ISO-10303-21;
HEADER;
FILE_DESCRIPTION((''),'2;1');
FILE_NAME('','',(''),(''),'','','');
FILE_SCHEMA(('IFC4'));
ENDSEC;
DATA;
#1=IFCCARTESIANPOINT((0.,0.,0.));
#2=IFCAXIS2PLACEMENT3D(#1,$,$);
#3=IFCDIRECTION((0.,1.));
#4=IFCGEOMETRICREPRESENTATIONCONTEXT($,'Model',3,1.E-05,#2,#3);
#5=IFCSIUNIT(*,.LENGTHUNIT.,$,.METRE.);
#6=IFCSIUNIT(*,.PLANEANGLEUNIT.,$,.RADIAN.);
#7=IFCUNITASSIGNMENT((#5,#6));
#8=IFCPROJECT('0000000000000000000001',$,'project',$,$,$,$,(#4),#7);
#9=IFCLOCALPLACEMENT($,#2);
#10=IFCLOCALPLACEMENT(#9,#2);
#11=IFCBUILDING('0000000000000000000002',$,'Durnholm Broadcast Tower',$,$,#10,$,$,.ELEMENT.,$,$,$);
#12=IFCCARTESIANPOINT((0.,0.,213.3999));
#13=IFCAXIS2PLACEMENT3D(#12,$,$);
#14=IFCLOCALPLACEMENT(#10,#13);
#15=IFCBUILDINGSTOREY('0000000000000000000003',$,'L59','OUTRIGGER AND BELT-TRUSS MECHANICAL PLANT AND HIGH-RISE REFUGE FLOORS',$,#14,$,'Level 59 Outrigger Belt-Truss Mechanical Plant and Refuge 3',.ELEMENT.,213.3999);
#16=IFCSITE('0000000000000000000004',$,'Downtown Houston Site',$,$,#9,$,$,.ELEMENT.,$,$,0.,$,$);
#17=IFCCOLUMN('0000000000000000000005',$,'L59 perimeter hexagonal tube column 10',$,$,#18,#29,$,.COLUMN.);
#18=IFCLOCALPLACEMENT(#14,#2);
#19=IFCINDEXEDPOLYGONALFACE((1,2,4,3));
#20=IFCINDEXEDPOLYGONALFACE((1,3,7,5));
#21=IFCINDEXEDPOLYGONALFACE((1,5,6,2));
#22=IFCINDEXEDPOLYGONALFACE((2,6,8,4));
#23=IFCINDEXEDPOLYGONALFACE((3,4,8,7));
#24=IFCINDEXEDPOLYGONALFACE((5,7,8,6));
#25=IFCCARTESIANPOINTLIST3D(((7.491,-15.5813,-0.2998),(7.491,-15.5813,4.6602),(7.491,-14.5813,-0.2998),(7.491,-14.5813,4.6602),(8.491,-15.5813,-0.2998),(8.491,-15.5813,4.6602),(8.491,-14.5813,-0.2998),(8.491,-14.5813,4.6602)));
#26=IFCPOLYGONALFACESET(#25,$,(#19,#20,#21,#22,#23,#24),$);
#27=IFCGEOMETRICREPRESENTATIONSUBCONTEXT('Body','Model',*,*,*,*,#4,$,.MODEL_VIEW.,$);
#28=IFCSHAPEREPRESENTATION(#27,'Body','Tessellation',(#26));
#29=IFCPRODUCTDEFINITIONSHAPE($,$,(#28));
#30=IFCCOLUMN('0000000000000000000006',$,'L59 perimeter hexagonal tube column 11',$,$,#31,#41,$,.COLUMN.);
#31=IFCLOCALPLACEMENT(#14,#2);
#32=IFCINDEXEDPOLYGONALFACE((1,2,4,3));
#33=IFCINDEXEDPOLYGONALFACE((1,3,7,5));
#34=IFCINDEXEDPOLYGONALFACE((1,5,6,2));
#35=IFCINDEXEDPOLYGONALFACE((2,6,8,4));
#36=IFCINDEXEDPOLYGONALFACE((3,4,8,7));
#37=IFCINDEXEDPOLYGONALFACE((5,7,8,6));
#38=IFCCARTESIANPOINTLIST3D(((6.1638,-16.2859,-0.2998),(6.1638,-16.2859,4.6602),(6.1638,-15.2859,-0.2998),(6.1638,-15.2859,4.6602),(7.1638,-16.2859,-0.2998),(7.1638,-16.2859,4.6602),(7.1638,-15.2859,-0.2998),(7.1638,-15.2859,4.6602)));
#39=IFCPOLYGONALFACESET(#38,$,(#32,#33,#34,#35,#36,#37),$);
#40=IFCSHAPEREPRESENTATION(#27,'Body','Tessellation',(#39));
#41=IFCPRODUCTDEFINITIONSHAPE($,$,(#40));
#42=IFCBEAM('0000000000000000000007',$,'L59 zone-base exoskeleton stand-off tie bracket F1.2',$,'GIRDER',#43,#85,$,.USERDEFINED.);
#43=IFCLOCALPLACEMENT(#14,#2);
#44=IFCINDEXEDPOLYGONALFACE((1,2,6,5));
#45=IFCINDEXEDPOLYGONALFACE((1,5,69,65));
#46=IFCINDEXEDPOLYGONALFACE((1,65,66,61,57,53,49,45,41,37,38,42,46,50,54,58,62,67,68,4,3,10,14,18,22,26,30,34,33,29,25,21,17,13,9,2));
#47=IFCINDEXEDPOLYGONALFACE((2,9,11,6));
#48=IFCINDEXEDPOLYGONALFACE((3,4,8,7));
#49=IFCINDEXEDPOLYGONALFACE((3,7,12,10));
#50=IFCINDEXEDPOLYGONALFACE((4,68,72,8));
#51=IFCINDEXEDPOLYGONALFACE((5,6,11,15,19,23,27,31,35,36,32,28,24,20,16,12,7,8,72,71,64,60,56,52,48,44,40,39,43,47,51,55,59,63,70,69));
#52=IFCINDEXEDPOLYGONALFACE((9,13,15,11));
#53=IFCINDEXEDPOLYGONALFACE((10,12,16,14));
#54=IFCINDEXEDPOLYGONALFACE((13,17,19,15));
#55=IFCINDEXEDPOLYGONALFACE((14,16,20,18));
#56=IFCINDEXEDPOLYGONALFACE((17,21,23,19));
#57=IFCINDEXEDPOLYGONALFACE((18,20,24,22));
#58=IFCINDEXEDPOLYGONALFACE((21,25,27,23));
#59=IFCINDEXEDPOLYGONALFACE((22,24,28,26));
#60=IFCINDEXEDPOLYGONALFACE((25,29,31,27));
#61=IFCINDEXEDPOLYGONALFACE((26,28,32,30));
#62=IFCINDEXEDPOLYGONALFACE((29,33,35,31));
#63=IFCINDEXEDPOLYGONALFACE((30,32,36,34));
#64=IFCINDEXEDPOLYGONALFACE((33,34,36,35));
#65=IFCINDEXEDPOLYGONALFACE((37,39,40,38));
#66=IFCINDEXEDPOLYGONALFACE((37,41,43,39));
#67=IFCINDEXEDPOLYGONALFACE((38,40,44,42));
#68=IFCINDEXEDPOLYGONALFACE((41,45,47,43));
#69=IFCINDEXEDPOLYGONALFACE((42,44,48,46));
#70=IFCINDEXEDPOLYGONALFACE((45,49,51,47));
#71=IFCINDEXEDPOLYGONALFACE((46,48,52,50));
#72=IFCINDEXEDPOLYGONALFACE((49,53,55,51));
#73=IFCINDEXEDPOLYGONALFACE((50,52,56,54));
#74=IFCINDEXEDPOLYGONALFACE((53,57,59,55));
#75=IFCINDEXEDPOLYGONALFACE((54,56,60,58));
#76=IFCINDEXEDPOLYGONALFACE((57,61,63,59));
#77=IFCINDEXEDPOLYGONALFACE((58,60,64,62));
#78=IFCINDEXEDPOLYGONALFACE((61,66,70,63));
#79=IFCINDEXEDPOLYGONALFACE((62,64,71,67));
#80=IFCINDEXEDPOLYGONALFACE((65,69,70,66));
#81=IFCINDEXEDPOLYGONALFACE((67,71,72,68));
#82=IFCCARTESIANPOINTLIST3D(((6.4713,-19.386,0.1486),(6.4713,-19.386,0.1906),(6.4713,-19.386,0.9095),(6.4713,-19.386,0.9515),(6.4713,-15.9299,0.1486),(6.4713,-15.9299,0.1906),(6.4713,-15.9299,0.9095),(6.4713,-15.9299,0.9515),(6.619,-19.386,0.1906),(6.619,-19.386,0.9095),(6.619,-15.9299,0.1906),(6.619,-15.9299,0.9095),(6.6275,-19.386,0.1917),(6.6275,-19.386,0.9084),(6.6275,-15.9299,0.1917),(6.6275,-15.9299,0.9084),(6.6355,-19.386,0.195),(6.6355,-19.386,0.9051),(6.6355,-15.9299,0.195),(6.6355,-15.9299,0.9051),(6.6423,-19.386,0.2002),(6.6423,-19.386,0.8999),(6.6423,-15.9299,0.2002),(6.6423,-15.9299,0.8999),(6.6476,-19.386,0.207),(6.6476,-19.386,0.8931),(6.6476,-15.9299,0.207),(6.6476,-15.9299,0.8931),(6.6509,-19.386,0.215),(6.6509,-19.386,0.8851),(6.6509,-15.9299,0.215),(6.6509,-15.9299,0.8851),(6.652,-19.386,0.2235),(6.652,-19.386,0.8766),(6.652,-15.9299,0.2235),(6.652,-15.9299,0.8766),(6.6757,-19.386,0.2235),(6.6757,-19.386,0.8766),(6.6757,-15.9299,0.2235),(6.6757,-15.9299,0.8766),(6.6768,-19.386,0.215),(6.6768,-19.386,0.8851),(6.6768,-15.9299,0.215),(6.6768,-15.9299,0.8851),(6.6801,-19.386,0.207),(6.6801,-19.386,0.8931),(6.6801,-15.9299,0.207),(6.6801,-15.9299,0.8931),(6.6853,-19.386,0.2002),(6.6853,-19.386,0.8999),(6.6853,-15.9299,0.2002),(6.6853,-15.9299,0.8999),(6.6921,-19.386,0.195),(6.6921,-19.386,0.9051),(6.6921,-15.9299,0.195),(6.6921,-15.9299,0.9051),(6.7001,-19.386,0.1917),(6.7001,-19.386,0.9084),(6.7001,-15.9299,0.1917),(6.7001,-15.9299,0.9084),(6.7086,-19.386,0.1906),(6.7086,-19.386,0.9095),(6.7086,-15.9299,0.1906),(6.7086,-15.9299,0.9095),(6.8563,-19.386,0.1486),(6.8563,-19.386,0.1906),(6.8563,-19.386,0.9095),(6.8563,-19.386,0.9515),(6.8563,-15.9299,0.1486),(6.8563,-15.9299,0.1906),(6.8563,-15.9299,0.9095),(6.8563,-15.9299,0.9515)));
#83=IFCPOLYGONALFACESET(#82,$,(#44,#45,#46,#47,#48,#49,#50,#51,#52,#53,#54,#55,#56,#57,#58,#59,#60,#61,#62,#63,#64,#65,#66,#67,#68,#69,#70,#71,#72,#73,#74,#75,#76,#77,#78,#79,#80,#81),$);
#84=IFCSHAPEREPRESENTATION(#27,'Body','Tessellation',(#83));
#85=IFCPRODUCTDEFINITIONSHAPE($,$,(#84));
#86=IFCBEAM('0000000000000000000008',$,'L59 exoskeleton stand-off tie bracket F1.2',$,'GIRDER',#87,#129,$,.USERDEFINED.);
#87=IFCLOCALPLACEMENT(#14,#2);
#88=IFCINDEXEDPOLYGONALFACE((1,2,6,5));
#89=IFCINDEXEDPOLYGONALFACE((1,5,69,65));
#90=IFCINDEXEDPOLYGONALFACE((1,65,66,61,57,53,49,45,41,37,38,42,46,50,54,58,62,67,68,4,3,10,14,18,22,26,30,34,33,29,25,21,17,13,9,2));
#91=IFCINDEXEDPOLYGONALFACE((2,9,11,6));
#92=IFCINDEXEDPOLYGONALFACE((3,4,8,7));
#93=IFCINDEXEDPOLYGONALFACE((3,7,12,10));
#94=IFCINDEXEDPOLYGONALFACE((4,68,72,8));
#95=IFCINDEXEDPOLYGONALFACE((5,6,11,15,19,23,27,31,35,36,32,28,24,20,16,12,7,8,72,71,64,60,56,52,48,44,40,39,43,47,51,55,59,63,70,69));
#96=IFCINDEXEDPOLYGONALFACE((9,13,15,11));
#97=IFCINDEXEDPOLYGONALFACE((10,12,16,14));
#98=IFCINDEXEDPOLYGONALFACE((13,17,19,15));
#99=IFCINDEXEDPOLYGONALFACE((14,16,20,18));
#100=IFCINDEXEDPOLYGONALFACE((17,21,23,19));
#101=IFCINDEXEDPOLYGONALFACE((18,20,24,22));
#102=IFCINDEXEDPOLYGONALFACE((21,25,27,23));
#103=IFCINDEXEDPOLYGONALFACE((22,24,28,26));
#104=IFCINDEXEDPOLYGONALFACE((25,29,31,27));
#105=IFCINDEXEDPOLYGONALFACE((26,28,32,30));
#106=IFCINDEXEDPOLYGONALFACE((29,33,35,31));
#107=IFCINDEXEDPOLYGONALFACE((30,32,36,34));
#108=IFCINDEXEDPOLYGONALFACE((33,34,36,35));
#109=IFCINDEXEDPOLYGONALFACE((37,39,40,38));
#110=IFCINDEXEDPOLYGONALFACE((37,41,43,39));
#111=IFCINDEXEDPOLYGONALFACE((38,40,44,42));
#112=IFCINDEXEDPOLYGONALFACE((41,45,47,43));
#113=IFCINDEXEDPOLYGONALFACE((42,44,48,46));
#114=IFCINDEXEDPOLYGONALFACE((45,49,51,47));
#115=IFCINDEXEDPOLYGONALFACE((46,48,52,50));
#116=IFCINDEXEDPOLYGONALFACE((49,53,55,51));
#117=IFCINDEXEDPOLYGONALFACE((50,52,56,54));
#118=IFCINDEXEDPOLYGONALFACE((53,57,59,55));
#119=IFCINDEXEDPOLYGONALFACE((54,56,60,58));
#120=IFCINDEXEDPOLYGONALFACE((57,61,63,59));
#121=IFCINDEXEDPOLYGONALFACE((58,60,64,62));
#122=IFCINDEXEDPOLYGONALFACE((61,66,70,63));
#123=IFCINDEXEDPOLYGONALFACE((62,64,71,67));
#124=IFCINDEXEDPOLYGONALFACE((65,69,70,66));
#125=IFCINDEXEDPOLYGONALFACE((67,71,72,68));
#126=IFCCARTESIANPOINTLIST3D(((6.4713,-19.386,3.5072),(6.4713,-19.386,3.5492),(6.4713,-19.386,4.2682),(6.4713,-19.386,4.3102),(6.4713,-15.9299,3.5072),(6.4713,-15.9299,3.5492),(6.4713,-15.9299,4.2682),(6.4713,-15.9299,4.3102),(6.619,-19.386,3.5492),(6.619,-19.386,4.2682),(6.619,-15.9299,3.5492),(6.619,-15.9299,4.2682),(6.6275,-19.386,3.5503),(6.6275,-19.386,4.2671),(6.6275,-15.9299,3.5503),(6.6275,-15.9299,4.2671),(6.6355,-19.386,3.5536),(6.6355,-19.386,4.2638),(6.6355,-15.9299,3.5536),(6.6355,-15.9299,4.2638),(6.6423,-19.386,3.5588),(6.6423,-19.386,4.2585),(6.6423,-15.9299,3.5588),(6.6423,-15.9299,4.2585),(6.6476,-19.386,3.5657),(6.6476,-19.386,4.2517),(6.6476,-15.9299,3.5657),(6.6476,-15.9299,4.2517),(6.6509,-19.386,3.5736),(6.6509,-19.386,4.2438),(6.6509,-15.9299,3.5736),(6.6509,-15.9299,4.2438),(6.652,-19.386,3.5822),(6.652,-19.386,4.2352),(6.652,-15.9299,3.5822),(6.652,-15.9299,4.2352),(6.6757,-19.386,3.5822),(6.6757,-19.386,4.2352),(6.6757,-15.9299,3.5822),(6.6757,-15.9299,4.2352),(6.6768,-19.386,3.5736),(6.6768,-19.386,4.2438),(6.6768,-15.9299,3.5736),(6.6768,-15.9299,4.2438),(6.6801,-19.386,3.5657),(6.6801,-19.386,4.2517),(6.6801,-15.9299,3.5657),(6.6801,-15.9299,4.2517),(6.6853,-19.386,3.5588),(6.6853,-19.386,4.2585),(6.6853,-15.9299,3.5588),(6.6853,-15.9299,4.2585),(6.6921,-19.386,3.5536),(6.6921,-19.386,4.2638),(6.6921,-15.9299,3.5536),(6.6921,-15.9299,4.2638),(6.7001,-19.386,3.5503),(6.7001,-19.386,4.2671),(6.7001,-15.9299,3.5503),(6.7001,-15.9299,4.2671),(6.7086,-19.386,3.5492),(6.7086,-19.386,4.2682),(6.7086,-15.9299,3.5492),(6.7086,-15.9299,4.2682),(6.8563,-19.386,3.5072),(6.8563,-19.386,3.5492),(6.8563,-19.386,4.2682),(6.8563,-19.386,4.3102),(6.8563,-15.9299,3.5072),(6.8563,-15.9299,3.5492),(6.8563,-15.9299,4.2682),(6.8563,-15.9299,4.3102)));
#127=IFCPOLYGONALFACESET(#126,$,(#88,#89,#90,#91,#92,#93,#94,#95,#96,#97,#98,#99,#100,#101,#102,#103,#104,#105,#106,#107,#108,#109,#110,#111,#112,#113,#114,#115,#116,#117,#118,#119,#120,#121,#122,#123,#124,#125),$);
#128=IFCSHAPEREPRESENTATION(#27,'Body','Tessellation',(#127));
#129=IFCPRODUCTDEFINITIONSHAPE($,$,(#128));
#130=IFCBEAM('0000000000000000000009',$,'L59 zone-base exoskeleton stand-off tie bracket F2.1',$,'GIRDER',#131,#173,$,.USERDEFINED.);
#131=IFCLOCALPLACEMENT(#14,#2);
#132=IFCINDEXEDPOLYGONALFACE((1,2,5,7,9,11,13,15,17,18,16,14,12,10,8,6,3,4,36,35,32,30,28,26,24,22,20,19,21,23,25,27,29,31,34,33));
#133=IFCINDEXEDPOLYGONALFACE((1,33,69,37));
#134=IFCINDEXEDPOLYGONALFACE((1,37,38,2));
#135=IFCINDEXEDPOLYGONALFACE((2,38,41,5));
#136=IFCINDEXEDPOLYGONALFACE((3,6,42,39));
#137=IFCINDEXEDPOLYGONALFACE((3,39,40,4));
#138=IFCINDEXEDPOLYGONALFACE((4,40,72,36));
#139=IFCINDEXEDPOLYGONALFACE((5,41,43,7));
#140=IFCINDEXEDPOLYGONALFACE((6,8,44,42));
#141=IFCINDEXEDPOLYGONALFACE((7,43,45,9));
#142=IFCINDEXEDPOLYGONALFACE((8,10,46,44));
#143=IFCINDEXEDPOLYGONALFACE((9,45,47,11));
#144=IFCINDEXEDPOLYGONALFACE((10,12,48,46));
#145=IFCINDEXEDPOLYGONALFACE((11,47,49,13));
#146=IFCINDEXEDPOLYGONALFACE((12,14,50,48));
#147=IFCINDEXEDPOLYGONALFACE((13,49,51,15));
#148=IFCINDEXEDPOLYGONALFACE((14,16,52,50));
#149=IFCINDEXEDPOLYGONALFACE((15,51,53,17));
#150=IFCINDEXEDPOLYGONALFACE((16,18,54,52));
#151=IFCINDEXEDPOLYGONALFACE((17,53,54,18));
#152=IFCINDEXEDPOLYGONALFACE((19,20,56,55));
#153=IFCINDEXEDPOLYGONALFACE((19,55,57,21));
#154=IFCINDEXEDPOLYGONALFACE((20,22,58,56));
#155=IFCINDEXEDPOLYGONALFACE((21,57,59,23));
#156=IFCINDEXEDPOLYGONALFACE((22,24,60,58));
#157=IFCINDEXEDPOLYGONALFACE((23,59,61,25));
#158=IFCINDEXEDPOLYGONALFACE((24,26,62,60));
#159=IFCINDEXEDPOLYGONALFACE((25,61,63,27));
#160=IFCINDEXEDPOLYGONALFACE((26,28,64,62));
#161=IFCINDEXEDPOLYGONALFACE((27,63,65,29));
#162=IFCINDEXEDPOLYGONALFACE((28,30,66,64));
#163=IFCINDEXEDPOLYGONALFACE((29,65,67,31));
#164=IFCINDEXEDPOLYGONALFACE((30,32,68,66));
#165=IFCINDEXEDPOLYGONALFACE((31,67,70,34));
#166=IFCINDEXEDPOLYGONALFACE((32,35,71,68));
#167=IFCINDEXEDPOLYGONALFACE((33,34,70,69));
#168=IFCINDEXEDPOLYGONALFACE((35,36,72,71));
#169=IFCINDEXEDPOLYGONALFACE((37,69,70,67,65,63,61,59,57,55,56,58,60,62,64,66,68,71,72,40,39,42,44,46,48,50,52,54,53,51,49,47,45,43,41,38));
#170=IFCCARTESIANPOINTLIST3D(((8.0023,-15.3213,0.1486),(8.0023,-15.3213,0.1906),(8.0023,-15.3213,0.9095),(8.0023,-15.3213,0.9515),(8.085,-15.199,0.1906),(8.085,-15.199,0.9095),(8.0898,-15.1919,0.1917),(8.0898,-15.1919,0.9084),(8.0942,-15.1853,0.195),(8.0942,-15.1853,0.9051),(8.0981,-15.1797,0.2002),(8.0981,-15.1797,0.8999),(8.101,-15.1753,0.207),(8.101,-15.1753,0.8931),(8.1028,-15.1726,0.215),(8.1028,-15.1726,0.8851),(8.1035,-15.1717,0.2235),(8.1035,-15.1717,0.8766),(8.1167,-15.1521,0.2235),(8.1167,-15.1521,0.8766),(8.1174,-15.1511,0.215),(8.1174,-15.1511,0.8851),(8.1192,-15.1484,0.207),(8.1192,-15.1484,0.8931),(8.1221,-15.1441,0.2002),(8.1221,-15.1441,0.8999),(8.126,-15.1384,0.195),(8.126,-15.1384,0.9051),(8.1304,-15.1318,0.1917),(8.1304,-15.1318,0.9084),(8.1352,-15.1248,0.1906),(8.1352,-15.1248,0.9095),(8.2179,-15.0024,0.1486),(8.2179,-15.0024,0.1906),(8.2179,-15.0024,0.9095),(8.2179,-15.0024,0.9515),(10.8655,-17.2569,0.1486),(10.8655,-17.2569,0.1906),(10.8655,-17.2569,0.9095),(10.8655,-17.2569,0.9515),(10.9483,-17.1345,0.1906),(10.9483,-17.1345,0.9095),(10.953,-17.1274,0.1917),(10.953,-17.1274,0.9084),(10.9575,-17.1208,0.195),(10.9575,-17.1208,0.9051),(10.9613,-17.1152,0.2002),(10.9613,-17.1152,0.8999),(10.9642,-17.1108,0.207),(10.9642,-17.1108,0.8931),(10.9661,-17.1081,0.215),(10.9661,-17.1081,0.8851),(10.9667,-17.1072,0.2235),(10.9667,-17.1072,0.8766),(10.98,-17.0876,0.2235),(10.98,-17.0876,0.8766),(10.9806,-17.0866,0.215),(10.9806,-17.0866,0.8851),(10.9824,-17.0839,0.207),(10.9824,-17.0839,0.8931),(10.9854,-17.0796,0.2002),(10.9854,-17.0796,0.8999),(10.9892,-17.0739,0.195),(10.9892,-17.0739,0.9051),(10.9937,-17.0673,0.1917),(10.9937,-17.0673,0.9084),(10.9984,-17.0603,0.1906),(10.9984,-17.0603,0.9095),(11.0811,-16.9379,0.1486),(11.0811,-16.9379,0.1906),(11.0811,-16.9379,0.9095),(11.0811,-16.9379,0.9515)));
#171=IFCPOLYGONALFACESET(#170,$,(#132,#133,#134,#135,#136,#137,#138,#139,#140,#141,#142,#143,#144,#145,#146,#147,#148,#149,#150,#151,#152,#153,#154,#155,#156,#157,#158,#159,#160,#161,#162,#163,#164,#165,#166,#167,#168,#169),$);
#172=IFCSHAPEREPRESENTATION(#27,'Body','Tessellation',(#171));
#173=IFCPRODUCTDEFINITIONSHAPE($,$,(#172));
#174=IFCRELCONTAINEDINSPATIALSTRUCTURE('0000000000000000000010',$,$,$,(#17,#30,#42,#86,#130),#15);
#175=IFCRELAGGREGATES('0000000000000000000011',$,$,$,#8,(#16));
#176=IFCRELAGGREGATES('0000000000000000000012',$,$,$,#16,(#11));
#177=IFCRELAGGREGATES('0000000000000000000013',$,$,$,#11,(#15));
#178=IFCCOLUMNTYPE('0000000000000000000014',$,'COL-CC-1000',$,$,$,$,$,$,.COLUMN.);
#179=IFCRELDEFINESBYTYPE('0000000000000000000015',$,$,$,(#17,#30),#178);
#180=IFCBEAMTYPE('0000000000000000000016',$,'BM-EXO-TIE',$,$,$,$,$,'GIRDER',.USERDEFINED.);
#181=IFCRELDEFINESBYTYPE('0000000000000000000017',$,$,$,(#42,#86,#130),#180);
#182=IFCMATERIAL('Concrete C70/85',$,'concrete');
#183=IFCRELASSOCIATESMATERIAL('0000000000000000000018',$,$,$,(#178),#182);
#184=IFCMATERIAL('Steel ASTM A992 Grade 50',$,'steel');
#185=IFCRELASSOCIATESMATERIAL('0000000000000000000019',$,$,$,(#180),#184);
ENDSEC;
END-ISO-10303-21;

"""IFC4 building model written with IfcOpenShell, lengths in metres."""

from ifc_helpers import new_model, si_unit, direction, frame, origin, origin_2d, place, context, subcontext, project, spatial, rectangle, i_section, extrude, source, transform, mapped, material, material_profile, profile_set, type_object, type_shapes, element, save


model = new_model("IFC4")

# Units and contexts
model_context = context("Model", 3, precision=1e-05, world=origin(), true_north=direction((0.0, 1.0)))
body_context = subcontext(model_context, "Body", "Model", "MODEL_VIEW")
ifc_project = project(units=[si_unit("LENGTHUNIT", "METRE"), si_unit("PLANEANGLEUNIT", "RADIAN")], contexts=[model_context])

# Site, building, storey
site_placement = place(None, origin())
site = spatial("IfcSite", under=ifc_project, at=site_placement, Name="Downtown Houston Site", CompositionType="ELEMENT", RefElevation=0.0)
building_placement = place(site_placement, origin())
building = spatial("IfcBuilding", under=site, at=building_placement, Name="Durnholm Broadcast Tower", CompositionType="ELEMENT")
storey_placement = place(building_placement, frame((0.0, 0.0, 213.3999)))
storey = spatial("IfcBuildingStorey", under=building, at=storey_placement, Name="L59", Description="OUTRIGGER AND BELT-TRUSS MECHANICAL PLANT AND HIGH-RISE REFUGE FLOORS", LongName="Level 59 Outrigger Belt-Truss Mechanical Plant and Refuge 3", CompositionType="ELEMENT", Elevation=213.3999)

# Columns
ifc_material_1 = material(Name="Concrete C70/85", Category="concrete")
ifc_material_profile_1 = material_profile(ifc_material_1, rectangle(XDim=1.0, YDim=1.0, at=origin_2d()), Name="RC1000X1000")
ifc_profile_set_1 = profile_set([ifc_material_profile_1], Name="Concrete C70/85")
column_type = type_object("IfcColumnType", Name="COL-CC-1000", PredefinedType="COLUMN", material=ifc_profile_set_1)
shared_shape_1 = source(origin(), body_context, "Body", "SweptSolid", [
    extrude(rectangle(XDim=1.0, YDim=1.0, at=origin_2d()), origin(), (0.0, 0.0, 1.0), 4.96),
])
type_shapes(column_type, [shared_shape_1])
for number, where, z_axis, x_axis, name in (
    (1, (7.991, -15.0813, -0.2998), (0.0, 0.0, 1.0), (1.0, 0.0, 0.0), "L59 perimeter hexagonal tube column 10"),
    (2, (6.6638, -15.7859, -0.2998), (0.0, 0.0, 1.0), (1.0, 0.0, 0.0), "L59 perimeter hexagonal tube column 11"),
):
    element("IfcColumn", number, at=place(storey_placement, frame(where, z_axis=z_axis, x_axis=x_axis)), inside=storey, type_object=column_type, Name=name, PredefinedType="COLUMN", context=body_context, shape_type="MappedRepresentation", body=[
        mapped(shared_shape_1, transform((0.0, 0.0, 0.0), x_axis=(1.0, 0.0, 0.0), y_axis=(0.0, 1.0, 0.0), z_axis=(0.0, 0.0, 1.0), scale=1.0)),
    ])

# Beams
ifc_material_2 = material(Name="Steel ASTM A992 Grade 50", Category="steel")
ifc_material_profile_2 = material_profile(ifc_material_2, i_section(OverallWidth=0.385, OverallDepth=0.803, WebThickness=0.0237, FlangeThickness=0.042, FilletRadius=0.033, at=origin_2d()), Name="W30X261")
ifc_profile_set_2 = profile_set([ifc_material_profile_2], Name="Steel ASTM A992 Grade 50")
beam_type_1 = type_object("IfcBeamType", Name="BM-EXO-TIE", ElementType="GIRDER", PredefinedType="USERDEFINED", material=ifc_profile_set_2)
shared_shape_2 = source(origin(), body_context, "Body", "SweptSolid", [
    extrude(i_section(OverallWidth=0.385, OverallDepth=0.803, WebThickness=0.0237, FlangeThickness=0.042, FilletRadius=0.033, at=origin_2d()), origin(), (0.0, 0.0, 1.0), 3.4561),
])
type_shapes(beam_type_1, [shared_shape_2])
for number, where, z_axis, x_axis, name in (
    (3, (6.6638, -15.9299, 0.55), (0.0, -1.0, 0.0), (1.0, 0.0, 0.0), "L59 zone-base exoskeleton stand-off tie bracket F1.2"),
    (4, (6.6638, -15.9299, 3.9087), (0.0, -1.0, 0.0), (1.0, 0.0, 0.0), "L59 exoskeleton stand-off tie bracket F1.2"),
    (5, (8.1101, -15.1619, 0.55), (0.828468, -0.560036, 0.0), (0.560036, 0.828468, 0.0), "L59 zone-base exoskeleton stand-off tie bracket F2.1"),
):
    element("IfcBeam", number, at=place(storey_placement, frame(where, z_axis=z_axis, x_axis=x_axis)), inside=storey, type_object=beam_type_1, Name=name, ObjectType="GIRDER", PredefinedType="USERDEFINED", context=body_context, shape_type="MappedRepresentation", body=[
        mapped(shared_shape_2, transform((0.0, 0.0, 0.0), x_axis=(1.0, 0.0, 0.0), y_axis=(0.0, 1.0, 0.0), z_axis=(0.0, 0.0, 1.0), scale=1.0)),
    ])

save(model, "model.ifc")
